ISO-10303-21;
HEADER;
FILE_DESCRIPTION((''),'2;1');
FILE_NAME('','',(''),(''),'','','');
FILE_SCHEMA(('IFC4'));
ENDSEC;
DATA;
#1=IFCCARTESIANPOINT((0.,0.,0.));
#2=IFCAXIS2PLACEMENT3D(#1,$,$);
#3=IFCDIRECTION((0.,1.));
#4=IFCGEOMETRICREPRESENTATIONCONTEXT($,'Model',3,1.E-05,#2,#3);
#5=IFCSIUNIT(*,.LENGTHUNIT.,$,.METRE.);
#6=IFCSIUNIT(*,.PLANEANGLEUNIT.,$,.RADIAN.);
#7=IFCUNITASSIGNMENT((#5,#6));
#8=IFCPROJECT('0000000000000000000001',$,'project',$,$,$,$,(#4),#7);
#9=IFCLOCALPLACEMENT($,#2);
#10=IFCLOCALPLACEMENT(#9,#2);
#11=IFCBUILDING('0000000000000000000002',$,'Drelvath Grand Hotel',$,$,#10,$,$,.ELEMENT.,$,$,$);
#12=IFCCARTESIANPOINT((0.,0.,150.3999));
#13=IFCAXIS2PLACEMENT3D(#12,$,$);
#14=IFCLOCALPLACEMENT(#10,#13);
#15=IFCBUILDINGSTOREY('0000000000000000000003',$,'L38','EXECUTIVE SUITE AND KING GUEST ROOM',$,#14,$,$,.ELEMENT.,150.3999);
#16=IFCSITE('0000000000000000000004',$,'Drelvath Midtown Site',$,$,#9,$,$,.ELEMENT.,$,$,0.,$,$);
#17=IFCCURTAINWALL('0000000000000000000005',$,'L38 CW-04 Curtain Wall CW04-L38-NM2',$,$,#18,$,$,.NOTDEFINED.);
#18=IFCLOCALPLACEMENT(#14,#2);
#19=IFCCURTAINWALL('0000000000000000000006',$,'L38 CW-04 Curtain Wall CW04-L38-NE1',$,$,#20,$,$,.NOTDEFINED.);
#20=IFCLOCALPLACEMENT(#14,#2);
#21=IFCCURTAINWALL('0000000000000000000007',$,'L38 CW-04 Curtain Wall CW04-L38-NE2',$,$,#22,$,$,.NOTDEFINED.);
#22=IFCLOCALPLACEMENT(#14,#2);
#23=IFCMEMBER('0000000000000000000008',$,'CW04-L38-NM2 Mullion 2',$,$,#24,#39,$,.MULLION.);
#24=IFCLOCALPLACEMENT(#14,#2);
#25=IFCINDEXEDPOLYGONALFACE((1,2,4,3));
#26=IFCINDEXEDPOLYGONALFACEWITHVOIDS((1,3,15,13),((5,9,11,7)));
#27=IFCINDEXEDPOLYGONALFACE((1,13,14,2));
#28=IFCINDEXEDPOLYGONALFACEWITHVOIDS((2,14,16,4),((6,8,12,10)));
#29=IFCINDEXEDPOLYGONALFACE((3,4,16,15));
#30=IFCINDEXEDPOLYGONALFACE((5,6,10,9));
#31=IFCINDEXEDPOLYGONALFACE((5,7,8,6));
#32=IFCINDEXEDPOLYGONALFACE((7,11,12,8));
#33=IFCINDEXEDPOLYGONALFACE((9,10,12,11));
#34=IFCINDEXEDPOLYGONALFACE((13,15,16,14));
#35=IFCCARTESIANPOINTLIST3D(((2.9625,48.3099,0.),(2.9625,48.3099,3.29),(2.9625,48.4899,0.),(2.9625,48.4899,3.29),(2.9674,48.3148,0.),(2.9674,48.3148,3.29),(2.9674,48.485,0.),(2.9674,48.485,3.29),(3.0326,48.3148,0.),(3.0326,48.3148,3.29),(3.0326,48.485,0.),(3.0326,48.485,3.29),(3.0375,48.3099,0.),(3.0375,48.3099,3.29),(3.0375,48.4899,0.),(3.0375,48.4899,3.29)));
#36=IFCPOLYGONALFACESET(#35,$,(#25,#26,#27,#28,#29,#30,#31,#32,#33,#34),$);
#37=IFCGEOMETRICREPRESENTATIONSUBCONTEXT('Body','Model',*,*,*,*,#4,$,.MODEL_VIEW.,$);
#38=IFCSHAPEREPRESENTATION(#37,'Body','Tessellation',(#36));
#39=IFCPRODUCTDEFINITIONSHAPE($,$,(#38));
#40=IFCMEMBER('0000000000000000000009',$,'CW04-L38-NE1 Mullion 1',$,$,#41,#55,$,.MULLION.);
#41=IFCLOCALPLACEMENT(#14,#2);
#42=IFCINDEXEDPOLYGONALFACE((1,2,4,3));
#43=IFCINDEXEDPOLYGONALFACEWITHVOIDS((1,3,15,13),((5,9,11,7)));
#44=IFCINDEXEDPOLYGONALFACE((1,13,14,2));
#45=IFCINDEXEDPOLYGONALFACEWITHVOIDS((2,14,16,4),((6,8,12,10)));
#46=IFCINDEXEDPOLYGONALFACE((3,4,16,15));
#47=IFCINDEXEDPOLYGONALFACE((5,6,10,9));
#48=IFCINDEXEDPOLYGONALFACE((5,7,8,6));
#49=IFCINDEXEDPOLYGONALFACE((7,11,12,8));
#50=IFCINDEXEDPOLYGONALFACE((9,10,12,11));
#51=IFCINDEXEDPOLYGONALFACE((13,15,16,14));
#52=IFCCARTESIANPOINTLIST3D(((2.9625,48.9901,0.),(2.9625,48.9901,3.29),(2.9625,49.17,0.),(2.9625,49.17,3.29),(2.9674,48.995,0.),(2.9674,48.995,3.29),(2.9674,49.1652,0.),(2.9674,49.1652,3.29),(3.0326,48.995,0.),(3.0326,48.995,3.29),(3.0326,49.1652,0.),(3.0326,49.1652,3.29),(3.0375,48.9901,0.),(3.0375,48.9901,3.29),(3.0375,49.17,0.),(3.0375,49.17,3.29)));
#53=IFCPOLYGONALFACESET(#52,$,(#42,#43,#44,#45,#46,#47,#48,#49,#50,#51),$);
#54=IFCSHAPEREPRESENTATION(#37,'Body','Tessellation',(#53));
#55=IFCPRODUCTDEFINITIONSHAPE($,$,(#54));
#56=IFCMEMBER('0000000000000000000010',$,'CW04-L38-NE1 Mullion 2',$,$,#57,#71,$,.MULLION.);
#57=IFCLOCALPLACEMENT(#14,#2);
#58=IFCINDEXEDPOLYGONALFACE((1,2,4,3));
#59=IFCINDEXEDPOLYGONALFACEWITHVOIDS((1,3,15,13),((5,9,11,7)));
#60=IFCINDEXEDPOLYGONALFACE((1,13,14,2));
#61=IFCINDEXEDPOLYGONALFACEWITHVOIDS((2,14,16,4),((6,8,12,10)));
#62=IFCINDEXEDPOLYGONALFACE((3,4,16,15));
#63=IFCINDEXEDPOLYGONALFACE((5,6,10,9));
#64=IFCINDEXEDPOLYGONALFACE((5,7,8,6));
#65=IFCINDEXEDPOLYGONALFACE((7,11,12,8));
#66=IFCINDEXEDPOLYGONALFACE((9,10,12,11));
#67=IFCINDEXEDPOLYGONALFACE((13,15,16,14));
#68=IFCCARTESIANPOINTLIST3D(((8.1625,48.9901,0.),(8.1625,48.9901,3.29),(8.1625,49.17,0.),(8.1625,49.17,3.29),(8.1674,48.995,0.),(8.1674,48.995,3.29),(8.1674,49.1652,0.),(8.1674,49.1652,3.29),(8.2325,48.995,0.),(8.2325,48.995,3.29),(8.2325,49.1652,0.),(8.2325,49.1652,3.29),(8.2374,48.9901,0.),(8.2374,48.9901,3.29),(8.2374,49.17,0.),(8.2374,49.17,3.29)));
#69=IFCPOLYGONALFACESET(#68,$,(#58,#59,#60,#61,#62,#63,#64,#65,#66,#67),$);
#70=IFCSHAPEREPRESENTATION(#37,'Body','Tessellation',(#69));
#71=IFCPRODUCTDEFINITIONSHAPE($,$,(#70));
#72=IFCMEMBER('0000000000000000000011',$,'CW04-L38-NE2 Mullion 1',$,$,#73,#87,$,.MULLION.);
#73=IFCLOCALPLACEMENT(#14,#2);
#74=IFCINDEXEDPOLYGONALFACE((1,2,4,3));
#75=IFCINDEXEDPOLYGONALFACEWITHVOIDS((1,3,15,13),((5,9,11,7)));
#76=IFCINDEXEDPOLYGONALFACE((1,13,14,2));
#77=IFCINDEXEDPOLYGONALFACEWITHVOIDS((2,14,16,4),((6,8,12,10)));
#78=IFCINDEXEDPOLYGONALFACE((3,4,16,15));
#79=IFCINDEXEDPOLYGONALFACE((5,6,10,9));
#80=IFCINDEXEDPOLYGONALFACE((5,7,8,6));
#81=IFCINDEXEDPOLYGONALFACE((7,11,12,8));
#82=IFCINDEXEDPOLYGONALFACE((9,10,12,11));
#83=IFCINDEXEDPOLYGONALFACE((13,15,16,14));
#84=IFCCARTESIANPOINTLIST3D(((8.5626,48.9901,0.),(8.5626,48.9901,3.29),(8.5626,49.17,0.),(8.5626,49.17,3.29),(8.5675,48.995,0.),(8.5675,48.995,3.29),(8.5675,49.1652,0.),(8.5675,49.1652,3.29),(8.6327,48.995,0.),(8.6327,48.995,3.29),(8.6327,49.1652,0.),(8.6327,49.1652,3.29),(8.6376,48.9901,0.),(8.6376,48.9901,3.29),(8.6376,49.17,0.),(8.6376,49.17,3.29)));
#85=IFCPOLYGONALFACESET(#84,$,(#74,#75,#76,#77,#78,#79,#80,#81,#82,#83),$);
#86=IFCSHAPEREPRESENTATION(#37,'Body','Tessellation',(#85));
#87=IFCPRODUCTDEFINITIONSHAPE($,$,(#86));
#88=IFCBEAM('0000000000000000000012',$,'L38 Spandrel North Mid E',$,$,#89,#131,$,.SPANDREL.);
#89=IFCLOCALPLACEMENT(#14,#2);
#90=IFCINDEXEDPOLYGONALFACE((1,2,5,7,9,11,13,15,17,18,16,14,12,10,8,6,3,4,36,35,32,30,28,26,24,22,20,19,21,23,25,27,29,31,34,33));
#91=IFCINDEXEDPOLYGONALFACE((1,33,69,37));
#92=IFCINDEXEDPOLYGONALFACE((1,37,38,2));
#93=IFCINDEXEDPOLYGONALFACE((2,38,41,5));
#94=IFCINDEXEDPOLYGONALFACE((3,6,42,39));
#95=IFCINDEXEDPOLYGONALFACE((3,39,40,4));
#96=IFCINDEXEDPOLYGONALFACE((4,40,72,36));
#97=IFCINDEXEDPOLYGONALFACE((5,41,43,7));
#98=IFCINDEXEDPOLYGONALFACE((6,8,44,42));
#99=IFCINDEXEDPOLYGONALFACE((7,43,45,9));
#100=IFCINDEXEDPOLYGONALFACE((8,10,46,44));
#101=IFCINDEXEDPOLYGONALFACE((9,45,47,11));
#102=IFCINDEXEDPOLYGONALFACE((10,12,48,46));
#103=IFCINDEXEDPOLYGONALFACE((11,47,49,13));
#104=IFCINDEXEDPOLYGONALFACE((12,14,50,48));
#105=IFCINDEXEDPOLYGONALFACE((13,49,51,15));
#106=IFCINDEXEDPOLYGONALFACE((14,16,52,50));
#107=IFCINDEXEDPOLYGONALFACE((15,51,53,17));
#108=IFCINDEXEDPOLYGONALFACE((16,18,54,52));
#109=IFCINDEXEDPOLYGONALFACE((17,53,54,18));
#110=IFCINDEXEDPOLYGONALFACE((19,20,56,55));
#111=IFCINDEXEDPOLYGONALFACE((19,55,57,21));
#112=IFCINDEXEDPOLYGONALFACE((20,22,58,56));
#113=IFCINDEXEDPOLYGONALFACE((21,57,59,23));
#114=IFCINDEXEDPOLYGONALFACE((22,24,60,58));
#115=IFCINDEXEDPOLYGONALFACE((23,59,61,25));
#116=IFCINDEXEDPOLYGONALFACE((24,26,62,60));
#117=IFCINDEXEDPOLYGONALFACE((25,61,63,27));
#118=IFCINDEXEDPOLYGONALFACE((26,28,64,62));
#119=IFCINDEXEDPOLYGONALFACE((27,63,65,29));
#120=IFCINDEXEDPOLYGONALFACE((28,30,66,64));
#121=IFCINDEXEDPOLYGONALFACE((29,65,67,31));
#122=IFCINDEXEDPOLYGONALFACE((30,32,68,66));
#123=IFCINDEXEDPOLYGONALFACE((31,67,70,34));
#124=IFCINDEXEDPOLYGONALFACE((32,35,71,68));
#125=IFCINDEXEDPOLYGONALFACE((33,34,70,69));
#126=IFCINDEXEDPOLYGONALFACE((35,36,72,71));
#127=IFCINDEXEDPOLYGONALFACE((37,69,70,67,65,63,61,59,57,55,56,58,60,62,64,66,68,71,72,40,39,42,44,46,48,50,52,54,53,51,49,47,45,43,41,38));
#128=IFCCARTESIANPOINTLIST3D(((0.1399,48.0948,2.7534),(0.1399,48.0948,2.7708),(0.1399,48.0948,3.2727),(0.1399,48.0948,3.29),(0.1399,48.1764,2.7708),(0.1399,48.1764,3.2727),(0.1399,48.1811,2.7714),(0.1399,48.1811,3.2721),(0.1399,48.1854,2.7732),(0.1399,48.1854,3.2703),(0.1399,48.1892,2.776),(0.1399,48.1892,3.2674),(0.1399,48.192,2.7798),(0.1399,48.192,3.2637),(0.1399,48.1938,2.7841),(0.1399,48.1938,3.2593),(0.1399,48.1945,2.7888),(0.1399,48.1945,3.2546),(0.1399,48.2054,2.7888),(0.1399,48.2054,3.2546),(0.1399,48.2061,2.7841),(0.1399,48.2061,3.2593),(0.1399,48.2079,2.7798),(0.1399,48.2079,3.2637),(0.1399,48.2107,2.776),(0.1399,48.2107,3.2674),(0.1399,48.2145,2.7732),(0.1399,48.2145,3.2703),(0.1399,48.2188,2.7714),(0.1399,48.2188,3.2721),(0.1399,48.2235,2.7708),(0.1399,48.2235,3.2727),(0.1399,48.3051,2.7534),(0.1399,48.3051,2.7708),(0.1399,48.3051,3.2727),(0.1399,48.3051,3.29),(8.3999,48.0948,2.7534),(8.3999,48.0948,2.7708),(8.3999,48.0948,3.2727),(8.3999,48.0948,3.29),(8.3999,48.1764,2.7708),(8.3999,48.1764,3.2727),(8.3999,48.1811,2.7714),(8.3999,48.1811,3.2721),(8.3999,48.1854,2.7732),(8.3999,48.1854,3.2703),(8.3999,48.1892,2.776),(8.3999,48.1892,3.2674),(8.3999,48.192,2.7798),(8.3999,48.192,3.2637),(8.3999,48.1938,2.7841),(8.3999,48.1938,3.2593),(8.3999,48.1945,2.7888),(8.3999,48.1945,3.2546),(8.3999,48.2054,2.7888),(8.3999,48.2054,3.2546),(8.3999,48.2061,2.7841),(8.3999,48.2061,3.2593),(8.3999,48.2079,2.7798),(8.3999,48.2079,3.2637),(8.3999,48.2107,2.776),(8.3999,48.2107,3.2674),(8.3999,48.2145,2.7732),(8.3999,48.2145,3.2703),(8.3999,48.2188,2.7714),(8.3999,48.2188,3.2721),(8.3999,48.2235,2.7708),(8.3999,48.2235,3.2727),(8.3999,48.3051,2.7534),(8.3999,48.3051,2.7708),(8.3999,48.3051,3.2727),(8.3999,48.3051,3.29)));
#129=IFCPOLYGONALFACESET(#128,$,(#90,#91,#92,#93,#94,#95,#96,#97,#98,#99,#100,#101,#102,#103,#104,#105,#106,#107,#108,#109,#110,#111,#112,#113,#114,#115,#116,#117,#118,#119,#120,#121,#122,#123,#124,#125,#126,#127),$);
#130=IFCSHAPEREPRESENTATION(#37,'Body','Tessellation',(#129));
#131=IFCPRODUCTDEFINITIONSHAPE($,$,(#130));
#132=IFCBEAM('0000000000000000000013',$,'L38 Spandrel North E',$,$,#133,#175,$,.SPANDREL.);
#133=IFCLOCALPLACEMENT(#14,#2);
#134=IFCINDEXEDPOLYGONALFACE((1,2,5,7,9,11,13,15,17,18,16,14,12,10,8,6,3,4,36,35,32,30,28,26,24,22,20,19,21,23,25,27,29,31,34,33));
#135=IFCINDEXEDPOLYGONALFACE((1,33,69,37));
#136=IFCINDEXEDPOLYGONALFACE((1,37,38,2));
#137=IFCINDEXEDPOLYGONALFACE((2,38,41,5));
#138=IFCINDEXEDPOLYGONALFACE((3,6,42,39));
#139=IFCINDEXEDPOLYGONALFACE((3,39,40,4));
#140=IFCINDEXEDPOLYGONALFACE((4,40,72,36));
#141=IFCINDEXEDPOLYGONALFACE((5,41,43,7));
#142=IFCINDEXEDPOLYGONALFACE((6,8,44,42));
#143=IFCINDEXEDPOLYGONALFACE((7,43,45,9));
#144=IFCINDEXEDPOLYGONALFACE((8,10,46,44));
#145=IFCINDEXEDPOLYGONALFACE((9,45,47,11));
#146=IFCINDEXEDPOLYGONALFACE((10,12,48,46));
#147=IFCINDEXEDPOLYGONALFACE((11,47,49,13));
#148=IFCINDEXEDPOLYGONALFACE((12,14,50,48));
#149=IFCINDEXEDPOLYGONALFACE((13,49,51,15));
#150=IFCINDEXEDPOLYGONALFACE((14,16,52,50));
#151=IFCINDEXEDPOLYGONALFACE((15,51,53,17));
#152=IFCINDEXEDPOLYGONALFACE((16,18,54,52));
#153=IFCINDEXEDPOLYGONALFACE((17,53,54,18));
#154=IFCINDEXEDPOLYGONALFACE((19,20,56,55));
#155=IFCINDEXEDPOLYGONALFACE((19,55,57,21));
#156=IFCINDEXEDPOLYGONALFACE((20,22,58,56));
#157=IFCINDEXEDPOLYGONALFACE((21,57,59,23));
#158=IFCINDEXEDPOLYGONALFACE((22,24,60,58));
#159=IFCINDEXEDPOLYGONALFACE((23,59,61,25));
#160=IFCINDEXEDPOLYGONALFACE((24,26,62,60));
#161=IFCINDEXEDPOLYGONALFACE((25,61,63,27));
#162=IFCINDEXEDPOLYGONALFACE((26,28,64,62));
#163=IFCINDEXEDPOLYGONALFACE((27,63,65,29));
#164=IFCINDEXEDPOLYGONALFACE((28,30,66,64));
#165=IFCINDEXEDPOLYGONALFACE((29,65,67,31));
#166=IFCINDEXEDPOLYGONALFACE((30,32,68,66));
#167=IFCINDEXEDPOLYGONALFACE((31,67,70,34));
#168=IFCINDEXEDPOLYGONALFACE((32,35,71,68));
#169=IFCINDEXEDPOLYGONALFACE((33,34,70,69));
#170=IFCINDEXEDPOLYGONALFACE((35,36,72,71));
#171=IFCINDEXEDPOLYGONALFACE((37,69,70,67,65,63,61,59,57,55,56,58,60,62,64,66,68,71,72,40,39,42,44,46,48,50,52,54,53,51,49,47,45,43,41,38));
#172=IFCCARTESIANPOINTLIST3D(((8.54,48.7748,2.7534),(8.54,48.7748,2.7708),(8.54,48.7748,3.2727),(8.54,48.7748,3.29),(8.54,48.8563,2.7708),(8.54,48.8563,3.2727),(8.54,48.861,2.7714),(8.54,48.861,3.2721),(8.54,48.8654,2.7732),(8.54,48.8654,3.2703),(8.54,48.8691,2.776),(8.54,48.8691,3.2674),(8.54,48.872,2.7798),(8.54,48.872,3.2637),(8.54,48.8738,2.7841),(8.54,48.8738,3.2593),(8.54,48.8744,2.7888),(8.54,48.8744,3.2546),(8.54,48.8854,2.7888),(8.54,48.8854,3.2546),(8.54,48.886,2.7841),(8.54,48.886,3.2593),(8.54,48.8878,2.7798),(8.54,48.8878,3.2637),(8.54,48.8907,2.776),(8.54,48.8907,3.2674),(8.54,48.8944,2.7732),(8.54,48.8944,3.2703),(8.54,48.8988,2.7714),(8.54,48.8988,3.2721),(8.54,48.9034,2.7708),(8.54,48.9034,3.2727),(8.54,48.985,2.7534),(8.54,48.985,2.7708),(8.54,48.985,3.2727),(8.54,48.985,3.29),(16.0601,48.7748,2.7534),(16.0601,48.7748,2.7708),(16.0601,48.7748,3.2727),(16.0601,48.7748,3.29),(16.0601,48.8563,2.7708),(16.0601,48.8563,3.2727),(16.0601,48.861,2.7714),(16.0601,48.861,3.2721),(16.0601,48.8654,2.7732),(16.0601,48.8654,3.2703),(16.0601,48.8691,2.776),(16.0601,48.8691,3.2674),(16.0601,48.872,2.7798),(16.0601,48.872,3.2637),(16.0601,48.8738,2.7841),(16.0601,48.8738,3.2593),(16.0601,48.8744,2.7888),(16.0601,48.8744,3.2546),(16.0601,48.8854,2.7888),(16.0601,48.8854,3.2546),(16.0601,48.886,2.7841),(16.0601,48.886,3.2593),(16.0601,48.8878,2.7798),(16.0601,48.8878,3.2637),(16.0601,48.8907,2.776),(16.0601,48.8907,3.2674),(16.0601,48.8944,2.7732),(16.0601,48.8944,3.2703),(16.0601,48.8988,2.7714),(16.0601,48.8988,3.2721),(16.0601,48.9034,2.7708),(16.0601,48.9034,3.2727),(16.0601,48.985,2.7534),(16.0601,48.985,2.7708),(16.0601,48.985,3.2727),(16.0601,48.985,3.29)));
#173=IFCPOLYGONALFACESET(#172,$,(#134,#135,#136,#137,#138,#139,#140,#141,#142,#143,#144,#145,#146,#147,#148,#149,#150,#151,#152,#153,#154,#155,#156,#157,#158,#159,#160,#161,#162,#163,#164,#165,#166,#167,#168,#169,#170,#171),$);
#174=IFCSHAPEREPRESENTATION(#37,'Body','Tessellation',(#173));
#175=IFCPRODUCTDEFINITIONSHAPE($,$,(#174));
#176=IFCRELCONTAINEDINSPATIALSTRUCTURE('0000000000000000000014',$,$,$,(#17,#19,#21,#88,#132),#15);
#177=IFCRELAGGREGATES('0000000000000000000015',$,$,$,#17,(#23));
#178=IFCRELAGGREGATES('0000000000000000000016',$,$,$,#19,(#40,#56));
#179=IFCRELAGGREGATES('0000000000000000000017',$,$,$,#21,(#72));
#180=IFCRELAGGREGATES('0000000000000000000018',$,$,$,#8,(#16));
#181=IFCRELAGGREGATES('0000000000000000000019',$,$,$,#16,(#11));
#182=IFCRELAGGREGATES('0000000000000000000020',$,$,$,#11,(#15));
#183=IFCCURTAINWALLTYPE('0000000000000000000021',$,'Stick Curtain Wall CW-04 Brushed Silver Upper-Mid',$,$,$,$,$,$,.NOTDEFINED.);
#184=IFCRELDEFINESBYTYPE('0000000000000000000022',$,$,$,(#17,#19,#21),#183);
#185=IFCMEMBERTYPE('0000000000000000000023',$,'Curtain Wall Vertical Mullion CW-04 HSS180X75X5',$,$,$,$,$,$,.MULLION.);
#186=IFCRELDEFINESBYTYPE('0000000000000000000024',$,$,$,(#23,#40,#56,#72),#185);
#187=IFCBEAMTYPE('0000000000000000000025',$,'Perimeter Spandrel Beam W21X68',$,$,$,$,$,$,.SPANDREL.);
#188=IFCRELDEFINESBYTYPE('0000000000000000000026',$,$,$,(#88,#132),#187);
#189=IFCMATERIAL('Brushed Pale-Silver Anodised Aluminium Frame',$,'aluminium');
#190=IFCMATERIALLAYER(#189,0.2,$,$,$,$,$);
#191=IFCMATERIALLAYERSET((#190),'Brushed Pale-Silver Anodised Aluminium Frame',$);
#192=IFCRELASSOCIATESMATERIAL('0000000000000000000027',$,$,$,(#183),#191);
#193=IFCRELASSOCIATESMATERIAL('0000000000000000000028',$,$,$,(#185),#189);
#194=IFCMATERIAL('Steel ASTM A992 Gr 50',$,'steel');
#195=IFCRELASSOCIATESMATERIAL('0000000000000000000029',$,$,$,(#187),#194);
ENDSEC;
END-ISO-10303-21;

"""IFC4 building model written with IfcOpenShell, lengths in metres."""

from ifc_helpers import new_model, si_unit, direction, frame, origin, origin_2d, place, context, subcontext, project, spatial, hollow_rectangle, i_section, extrude, material, layer, layer_set, material_profile, profile_set, type_object, element, aggregate, save


model = new_model("IFC4")

# Units and contexts
model_context = context("Model", 3, precision=1e-05, world=origin(), true_north=direction((0.0, 1.0)))
body_context = subcontext(model_context, "Body", "Model", "MODEL_VIEW")
ifc_project = project(units=[si_unit("LENGTHUNIT", "METRE"), si_unit("PLANEANGLEUNIT", "RADIAN")], contexts=[model_context])

# Site, building, storey
site_placement = place(None, origin())
site = spatial("IfcSite", under=ifc_project, at=site_placement, Name="Drelvath Midtown Site", CompositionType="ELEMENT", RefElevation=0.0)
building_placement = place(site_placement, origin())
building = spatial("IfcBuilding", under=site, at=building_placement, Name="Drelvath Grand Hotel", CompositionType="ELEMENT")
storey_placement = place(building_placement, frame((0.0, 0.0, 150.3999)))
storey = spatial("IfcBuildingStorey", under=building, at=storey_placement, Name="L38", Description="EXECUTIVE SUITE AND KING GUEST ROOM", CompositionType="ELEMENT", Elevation=150.3999)

# Curtain walls
ifc_material_1 = material(Name="Brushed Pale-Silver Anodised Aluminium Frame", Category="aluminium")
ifc_layer_1 = layer(ifc_material_1, 0.2)
ifc_layer_set_1 = layer_set([ifc_layer_1], Name="Brushed Pale-Silver Anodised Aluminium Frame")
curtain_wall_type = type_object("IfcCurtainWallType", Name="Stick Curtain Wall CW-04 Brushed Silver Upper-Mid", PredefinedType="NOTDEFINED", material=ifc_layer_set_1)
curtain_wall_1_placement = place(storey_placement, origin())
curtain_wall_1 = element("IfcCurtainWall", 1, at=curtain_wall_1_placement, inside=storey, type_object=curtain_wall_type, Name="L38 CW-04 Curtain Wall CW04-L38-NM2", PredefinedType="NOTDEFINED")
curtain_wall_2_placement = place(storey_placement, origin())
curtain_wall_2 = element("IfcCurtainWall", 2, at=curtain_wall_2_placement, inside=storey, type_object=curtain_wall_type, Name="L38 CW-04 Curtain Wall CW04-L38-NE1", PredefinedType="NOTDEFINED")
curtain_wall_3_placement = place(storey_placement, origin())
curtain_wall_3 = element("IfcCurtainWall", 3, at=curtain_wall_3_placement, inside=storey, type_object=curtain_wall_type, Name="L38 CW-04 Curtain Wall CW04-L38-NE2", PredefinedType="NOTDEFINED")
ifc_material_profile_1 = material_profile(ifc_material_1, hollow_rectangle(XDim=0.075, YDim=0.1799, WallThickness=0.0049, at=origin_2d()), Name="HSS180X75X5")
ifc_profile_set_1 = profile_set([ifc_material_profile_1], Name="Brushed Pale-Silver Anodised Aluminium Frame")
member_type_1 = type_object("IfcMemberType", Name="Curtain Wall Vertical Mullion CW-04 HSS180X75X5", PredefinedType="MULLION", material=ifc_profile_set_1)

# Members
member_1_placement = place(storey_placement, frame((3.0, 48.3999, 0.0), z_axis=(0.0, 0.0, 1.0), x_axis=(1.0, 0.0, 0.0)))
member_1 = element("IfcMember", 4, at=member_1_placement, type_object=member_type_1, Name="CW04-L38-NM2 Mullion 2", PredefinedType="MULLION", context=body_context, shape_type="SweptSolid", body=[
    extrude(hollow_rectangle(XDim=0.075, YDim=0.1799, WallThickness=0.0049, at=origin_2d()), origin(), (0.0, 0.0, 1.0), 3.29),
])
member_2_placement = place(storey_placement, frame((3.0, 49.0801, 0.0), z_axis=(0.0, 0.0, 1.0), x_axis=(1.0, 0.0, 0.0)))
member_2 = element("IfcMember", 5, at=member_2_placement, type_object=member_type_1, Name="CW04-L38-NE1 Mullion 1", PredefinedType="MULLION", context=body_context, shape_type="SweptSolid", body=[
    extrude(hollow_rectangle(XDim=0.075, YDim=0.1799, WallThickness=0.0049, at=origin_2d()), origin(), (0.0, 0.0, 1.0), 3.29),
])
member_3_placement = place(storey_placement, frame((8.2, 49.0801, 0.0), z_axis=(0.0, 0.0, 1.0), x_axis=(1.0, 0.0, 0.0)))
member_3 = element("IfcMember", 6, at=member_3_placement, type_object=member_type_1, Name="CW04-L38-NE1 Mullion 2", PredefinedType="MULLION", context=body_context, shape_type="SweptSolid", body=[
    extrude(hollow_rectangle(XDim=0.075, YDim=0.1799, WallThickness=0.0049, at=origin_2d()), origin(), (0.0, 0.0, 1.0), 3.29),
])
member_4_placement = place(storey_placement, frame((8.6001, 49.0801, 0.0), z_axis=(0.0, 0.0, 1.0), x_axis=(1.0, 0.0, 0.0)))
member_4 = element("IfcMember", 7, at=member_4_placement, type_object=member_type_1, Name="CW04-L38-NE2 Mullion 1", PredefinedType="MULLION", context=body_context, shape_type="SweptSolid", body=[
    extrude(hollow_rectangle(XDim=0.075, YDim=0.1799, WallThickness=0.0049, at=origin_2d()), origin(), (0.0, 0.0, 1.0), 3.29),
])

# Beams
ifc_material_2 = material(Name="Steel ASTM A992 Gr 50", Category="steel")
ifc_material_profile_2 = material_profile(ifc_material_2, i_section(OverallWidth=0.2102, OverallDepth=0.5366, WebThickness=0.011, FlangeThickness=0.0173, FilletRadius=0.0181, at=origin_2d()), Name="W21X68")
ifc_profile_set_2 = profile_set([ifc_material_profile_2], Name="Steel ASTM A992 Gr 50")
beam_type_1 = type_object("IfcBeamType", Name="Perimeter Spandrel Beam W21X68", PredefinedType="SPANDREL", material=ifc_profile_set_2)
beam_1_placement = place(storey_placement, frame((0.1399, 48.2, 3.0217), z_axis=(1.0, 0.0, 0.0), x_axis=(0.0, 1.0, 0.0)))
element("IfcBeam", 8, at=beam_1_placement, inside=storey, type_object=beam_type_1, Name="L38 Spandrel North Mid E", PredefinedType="SPANDREL", context=body_context, shape_type="SweptSolid", body=[
    extrude(i_section(OverallWidth=0.2102, OverallDepth=0.5366, WebThickness=0.011, FlangeThickness=0.0173, FilletRadius=0.0181, at=origin_2d()), origin(), (0.0, 0.0, 1.0), 8.26),
])
beam_2_placement = place(storey_placement, frame((8.54, 48.8799, 3.0217), z_axis=(1.0, 0.0, 0.0), x_axis=(0.0, 1.0, 0.0)))
element("IfcBeam", 9, at=beam_2_placement, inside=storey, type_object=beam_type_1, Name="L38 Spandrel North E", PredefinedType="SPANDREL", context=body_context, shape_type="SweptSolid", body=[
    extrude(i_section(OverallWidth=0.2102, OverallDepth=0.5366, WebThickness=0.011, FlangeThickness=0.0173, FilletRadius=0.0181, at=origin_2d()), origin(), (0.0, 0.0, 1.0), 7.52),
])

aggregate(curtain_wall_1, [member_1])
aggregate(curtain_wall_2, [member_2, member_3])
aggregate(curtain_wall_3, [member_4])

save(model, "model.ifc")
